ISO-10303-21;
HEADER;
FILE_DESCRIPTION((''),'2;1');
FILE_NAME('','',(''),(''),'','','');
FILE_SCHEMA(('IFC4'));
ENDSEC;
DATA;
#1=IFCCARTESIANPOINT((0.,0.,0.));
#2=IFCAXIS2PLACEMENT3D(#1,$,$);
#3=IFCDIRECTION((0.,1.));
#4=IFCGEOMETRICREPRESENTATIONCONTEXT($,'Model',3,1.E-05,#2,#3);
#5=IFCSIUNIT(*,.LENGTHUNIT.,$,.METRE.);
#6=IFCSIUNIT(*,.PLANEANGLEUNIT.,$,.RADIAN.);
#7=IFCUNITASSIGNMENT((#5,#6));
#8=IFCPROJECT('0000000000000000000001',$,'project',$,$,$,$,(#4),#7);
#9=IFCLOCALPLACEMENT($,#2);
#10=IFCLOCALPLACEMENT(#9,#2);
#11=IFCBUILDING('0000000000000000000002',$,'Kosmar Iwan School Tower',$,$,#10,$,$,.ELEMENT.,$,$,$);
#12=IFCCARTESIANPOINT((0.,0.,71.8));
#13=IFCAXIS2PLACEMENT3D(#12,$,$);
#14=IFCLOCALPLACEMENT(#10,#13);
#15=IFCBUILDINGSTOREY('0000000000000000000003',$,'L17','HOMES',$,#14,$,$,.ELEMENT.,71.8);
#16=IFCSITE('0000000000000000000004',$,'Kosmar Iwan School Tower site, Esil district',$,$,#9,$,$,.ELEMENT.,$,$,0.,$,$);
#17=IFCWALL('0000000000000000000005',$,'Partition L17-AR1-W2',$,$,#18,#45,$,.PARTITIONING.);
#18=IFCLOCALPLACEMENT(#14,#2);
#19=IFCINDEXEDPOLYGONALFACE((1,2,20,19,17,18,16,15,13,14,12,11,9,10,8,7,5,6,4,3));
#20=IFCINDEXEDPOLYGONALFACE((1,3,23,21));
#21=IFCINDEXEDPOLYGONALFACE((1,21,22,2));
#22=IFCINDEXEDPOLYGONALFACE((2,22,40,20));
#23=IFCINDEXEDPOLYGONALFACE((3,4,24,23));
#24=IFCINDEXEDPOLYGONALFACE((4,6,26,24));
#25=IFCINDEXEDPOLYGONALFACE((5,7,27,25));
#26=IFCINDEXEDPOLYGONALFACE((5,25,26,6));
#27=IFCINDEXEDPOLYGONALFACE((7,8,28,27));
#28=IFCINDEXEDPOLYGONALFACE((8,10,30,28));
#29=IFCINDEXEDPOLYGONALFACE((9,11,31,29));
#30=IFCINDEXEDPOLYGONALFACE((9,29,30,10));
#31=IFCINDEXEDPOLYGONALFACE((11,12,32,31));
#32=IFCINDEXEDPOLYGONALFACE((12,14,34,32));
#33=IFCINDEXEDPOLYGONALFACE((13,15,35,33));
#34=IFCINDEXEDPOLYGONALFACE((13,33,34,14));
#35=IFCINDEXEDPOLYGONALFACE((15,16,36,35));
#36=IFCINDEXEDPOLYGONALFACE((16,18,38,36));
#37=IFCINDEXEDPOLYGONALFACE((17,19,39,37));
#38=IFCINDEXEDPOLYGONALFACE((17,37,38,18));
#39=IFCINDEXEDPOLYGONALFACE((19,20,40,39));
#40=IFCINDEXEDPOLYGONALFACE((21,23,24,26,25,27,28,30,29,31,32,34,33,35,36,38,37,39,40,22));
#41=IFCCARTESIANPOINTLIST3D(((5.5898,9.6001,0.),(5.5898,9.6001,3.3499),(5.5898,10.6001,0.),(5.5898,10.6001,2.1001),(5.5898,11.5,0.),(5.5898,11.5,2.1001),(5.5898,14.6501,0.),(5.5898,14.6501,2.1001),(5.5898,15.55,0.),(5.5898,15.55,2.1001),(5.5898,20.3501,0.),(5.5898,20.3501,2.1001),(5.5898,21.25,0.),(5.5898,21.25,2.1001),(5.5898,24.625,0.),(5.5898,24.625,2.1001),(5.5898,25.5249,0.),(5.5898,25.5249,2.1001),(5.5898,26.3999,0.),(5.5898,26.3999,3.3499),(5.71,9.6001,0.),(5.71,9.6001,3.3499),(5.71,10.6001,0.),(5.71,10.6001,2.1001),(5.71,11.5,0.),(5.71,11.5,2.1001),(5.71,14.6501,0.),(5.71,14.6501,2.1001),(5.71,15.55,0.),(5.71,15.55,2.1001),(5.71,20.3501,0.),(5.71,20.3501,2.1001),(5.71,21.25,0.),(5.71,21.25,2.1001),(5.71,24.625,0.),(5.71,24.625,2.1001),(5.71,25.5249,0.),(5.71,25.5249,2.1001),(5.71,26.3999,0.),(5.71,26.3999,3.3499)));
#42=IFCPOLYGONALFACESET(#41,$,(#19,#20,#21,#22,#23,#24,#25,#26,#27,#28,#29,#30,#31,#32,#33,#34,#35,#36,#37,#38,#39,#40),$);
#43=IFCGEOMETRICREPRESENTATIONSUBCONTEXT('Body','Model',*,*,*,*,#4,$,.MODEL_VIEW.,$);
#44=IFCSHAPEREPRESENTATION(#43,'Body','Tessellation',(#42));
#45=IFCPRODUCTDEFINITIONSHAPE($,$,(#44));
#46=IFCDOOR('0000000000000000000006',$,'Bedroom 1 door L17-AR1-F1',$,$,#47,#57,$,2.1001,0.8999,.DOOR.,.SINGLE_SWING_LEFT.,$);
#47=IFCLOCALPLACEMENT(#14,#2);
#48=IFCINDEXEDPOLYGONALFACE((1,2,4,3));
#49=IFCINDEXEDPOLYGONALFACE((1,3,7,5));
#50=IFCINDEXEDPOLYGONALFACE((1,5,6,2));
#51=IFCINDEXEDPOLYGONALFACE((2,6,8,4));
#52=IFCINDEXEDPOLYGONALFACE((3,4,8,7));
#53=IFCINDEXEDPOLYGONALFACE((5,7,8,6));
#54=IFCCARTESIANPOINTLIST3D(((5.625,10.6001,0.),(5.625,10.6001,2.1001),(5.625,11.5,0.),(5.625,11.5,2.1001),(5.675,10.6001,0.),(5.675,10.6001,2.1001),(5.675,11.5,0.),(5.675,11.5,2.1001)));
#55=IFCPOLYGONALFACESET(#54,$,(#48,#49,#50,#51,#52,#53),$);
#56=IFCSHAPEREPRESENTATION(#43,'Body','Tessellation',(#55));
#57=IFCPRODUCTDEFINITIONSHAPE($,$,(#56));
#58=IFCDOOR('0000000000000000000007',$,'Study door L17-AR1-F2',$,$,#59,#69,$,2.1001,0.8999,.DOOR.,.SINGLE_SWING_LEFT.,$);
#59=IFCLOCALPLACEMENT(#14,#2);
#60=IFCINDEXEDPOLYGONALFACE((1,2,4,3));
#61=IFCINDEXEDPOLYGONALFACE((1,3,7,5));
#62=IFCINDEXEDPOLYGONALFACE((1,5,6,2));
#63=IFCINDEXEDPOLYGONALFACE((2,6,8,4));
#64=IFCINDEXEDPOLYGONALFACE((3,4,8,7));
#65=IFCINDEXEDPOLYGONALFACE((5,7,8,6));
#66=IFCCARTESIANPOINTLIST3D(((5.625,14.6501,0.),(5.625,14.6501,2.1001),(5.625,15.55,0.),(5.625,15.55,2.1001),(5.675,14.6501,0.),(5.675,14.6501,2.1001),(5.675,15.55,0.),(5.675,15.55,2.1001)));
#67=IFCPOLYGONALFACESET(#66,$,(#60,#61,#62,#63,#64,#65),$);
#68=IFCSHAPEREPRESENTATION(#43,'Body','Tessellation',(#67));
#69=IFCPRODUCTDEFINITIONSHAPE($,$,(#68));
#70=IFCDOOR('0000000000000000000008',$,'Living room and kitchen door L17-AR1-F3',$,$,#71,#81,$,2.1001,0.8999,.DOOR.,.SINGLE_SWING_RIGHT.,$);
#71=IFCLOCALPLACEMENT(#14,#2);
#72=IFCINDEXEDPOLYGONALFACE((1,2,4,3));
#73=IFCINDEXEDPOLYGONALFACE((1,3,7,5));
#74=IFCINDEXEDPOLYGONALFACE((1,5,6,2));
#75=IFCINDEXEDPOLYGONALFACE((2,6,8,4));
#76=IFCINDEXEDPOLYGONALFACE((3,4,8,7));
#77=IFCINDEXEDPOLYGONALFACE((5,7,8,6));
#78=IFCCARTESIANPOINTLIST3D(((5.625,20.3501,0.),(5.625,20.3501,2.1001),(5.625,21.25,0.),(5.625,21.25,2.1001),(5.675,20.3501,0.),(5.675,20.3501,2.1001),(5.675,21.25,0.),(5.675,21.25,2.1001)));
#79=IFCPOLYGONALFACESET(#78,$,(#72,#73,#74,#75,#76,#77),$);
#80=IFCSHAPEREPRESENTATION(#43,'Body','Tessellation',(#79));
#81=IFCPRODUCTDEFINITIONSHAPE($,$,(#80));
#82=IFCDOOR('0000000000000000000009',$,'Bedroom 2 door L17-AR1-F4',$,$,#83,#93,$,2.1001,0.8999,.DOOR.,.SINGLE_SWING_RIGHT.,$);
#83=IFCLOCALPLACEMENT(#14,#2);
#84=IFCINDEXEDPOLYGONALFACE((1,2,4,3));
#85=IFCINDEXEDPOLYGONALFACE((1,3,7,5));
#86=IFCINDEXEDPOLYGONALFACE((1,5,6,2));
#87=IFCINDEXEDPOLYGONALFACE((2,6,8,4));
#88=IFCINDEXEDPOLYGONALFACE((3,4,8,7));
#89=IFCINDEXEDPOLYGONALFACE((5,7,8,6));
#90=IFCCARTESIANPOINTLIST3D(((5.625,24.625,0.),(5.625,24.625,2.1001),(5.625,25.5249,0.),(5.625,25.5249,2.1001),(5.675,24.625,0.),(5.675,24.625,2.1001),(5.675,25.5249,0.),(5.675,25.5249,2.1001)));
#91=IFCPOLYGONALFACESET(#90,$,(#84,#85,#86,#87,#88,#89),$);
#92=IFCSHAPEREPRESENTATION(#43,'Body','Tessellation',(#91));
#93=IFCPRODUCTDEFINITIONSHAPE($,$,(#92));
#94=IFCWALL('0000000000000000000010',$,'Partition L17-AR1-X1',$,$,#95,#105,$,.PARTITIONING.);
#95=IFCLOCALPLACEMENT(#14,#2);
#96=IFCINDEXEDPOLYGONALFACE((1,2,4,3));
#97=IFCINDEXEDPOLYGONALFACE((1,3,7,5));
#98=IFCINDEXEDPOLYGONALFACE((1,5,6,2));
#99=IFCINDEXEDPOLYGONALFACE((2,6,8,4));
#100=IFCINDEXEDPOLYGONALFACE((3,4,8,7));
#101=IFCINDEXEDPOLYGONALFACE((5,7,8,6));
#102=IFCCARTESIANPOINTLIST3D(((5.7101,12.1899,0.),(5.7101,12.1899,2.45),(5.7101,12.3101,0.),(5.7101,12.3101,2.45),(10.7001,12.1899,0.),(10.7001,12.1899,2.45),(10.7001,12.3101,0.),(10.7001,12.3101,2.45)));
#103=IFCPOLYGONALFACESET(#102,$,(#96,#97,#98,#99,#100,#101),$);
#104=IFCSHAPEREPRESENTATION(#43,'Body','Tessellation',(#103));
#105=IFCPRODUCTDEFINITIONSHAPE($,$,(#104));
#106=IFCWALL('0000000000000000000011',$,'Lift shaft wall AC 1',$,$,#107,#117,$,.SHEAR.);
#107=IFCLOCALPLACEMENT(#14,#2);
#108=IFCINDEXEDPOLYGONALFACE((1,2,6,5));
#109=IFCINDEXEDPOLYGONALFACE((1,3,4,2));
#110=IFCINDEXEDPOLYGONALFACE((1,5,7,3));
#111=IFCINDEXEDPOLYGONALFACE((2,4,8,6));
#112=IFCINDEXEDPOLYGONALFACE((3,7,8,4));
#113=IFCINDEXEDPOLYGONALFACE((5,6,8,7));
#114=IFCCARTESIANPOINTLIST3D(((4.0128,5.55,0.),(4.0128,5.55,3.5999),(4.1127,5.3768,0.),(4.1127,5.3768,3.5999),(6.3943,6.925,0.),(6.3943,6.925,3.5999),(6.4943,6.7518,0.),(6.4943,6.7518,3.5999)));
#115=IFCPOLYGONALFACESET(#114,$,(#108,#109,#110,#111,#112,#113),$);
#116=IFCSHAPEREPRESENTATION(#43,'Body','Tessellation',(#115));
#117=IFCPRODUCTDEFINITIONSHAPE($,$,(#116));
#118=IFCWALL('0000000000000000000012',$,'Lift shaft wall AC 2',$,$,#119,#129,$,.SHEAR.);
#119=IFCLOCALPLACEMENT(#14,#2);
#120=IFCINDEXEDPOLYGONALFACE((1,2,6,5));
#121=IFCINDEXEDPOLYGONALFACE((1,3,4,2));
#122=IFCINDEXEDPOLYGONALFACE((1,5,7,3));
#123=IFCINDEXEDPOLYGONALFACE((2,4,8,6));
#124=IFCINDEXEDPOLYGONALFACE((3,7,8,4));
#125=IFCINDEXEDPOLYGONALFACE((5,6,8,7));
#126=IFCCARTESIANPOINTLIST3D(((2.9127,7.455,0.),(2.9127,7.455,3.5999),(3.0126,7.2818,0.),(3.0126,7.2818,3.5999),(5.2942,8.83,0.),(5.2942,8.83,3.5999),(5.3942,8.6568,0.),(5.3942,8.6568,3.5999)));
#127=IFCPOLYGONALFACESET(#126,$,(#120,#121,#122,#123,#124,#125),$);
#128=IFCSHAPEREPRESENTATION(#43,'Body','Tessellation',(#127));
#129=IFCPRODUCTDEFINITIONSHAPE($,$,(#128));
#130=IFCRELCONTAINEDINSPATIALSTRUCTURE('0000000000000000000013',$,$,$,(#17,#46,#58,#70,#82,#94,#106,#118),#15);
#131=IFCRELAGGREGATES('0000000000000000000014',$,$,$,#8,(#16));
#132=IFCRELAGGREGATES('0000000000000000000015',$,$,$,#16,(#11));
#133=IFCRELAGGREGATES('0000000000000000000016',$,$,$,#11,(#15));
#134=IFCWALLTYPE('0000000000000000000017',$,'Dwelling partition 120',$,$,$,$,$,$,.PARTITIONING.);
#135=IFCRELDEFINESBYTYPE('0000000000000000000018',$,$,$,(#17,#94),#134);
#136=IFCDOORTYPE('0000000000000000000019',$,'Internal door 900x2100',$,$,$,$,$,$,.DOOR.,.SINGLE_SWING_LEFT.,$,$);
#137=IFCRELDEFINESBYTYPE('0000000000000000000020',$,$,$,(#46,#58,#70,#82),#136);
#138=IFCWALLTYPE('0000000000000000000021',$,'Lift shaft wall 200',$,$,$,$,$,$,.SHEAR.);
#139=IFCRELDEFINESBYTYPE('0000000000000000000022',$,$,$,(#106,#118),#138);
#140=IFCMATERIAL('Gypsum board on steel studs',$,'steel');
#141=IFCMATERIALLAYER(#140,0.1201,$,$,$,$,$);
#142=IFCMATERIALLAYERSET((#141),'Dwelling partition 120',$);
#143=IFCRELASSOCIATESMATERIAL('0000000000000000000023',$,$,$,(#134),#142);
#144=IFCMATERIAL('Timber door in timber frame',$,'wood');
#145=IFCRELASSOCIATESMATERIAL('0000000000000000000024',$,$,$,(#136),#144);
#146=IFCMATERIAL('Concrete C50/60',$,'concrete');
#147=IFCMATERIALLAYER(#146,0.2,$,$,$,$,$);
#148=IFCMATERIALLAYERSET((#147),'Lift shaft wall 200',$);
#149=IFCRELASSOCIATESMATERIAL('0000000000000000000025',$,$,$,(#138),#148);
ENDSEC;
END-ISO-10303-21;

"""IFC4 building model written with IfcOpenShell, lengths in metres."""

from ifc_helpers import new_model, si_unit, direction, frame, frame_2d, origin, place, context, subcontext, project, spatial, rectangle, extrude, material, layer, layer_set, type_object, element, fill, save


model = new_model("IFC4")

# Units and contexts
model_context = context("Model", 3, precision=1e-05, world=origin(), true_north=direction((0.0, 1.0)))
body_context = subcontext(model_context, "Body", "Model", "MODEL_VIEW")
ifc_project = project(units=[si_unit("LENGTHUNIT", "METRE"), si_unit("PLANEANGLEUNIT", "RADIAN")], contexts=[model_context])

# Site, building, storey
site_placement = place(None, origin())
site = spatial("IfcSite", under=ifc_project, at=site_placement, Name="Kosmar Iwan School Tower site, Esil district", CompositionType="ELEMENT", RefElevation=0.0)
building_placement = place(site_placement, origin())
building = spatial("IfcBuilding", under=site, at=building_placement, Name="Kosmar Iwan School Tower", CompositionType="ELEMENT")
storey_placement = place(building_placement, frame((0.0, 0.0, 71.8)))
storey = spatial("IfcBuildingStorey", under=building, at=storey_placement, Name="L17", Description="HOMES", CompositionType="ELEMENT", Elevation=71.8)

# Wall, openings, doors
ifc_material_1 = material(Name="Gypsum board on steel studs", Category="steel")
ifc_layer_1 = layer(ifc_material_1, 0.1201)
ifc_layer_set_1 = layer_set([ifc_layer_1], Name="Dwelling partition 120")
wall_type_1 = type_object("IfcWallType", Name="Dwelling partition 120", PredefinedType="PARTITIONING", material=ifc_layer_set_1)
ifc_material_2 = material(Name="Timber door in timber frame", Category="wood")
door_type_1 = type_object("IfcDoorType", Name="Internal door 900x2100", OperationType="SINGLE_SWING_LEFT", PredefinedType="DOOR", material=ifc_material_2)
wall_1_placement = place(storey_placement, frame((5.6499, 9.6001, 0.0), z_axis=(0.0, 0.0, 1.0), x_axis=(0.0, 1.0, 0.0)))
wall_1 = element("IfcWall", 1, at=wall_1_placement, inside=storey, type_object=wall_type_1, Name="Partition L17-AR1-W2", PredefinedType="PARTITIONING", context=body_context, shape_type="SweptSolid", body=[
    extrude(rectangle(XDim=16.7998, YDim=0.1201, at=frame_2d((8.3999, 0.0))), origin(), (0.0, 0.0, 1.0), 3.3499),
])
opening_1_placement = place(wall_1_placement, frame((1.0, 0.0, 0.0)))
opening_1 = element("IfcOpeningElement", 2, at=opening_1_placement, cuts=wall_1, PredefinedType="OPENING", context=body_context, shape_type="SweptSolid", body=[
    extrude(rectangle(XDim=0.8999, YDim=2.1001, at=frame_2d((0.45, 1.05))), frame((0.0, 0.072, 0.0), z_axis=(0.0, -1.0, 0.0), x_axis=(1.0, 0.0, 0.0)), (0.0, 0.0, 1.0), 0.144),
])
opening_2_placement = place(wall_1_placement, frame((5.05, 0.0, 0.0)))
opening_2 = element("IfcOpeningElement", 3, at=opening_2_placement, cuts=wall_1, PredefinedType="OPENING", context=body_context, shape_type="SweptSolid", body=[
    extrude(rectangle(XDim=0.8999, YDim=2.1001, at=frame_2d((0.45, 1.05))), frame((0.0, 0.072, 0.0), z_axis=(0.0, -1.0, 0.0), x_axis=(1.0, 0.0, 0.0)), (0.0, 0.0, 1.0), 0.144),
])
opening_3_placement = place(wall_1_placement, frame((10.75, 0.0, 0.0)))
opening_3 = element("IfcOpeningElement", 4, at=opening_3_placement, cuts=wall_1, PredefinedType="OPENING", context=body_context, shape_type="SweptSolid", body=[
    extrude(rectangle(XDim=0.8999, YDim=2.1001, at=frame_2d((0.45, 1.05))), frame((0.0, 0.072, 0.0), z_axis=(0.0, -1.0, 0.0), x_axis=(1.0, 0.0, 0.0)), (0.0, 0.0, 1.0), 0.144),
])
opening_4_placement = place(wall_1_placement, frame((15.0249, 0.0, 0.0)))
opening_4 = element("IfcOpeningElement", 5, at=opening_4_placement, cuts=wall_1, PredefinedType="OPENING", context=body_context, shape_type="SweptSolid", body=[
    extrude(rectangle(XDim=0.8999, YDim=2.1001, at=frame_2d((0.45, 1.05))), frame((0.0, 0.072, 0.0), z_axis=(0.0, -1.0, 0.0), x_axis=(1.0, 0.0, 0.0)), (0.0, 0.0, 1.0), 0.144),
])
door_1_placement = place(opening_1_placement, origin())
door_1 = element("IfcDoor", 6, at=door_1_placement, inside=storey, type_object=door_type_1, Name="Bedroom 1 door L17-AR1-F1", OperationType="SINGLE_SWING_LEFT", OverallHeight=2.1001, OverallWidth=0.8999, PredefinedType="DOOR", context=body_context, shape_type="SweptSolid", body=[
    extrude(rectangle(XDim=0.8999, YDim=2.1001, at=frame_2d((0.45, 1.05))), frame((0.0, 0.0249, 0.0), z_axis=(0.0, -1.0, 0.0), x_axis=(1.0, 0.0, 0.0)), (0.0, 0.0, 1.0), 0.05),
])
fill(opening_1, door_1)
door_2_placement = place(opening_2_placement, origin())
door_2 = element("IfcDoor", 7, at=door_2_placement, inside=storey, type_object=door_type_1, Name="Study door L17-AR1-F2", OperationType="SINGLE_SWING_LEFT", OverallHeight=2.1001, OverallWidth=0.8999, PredefinedType="DOOR", context=body_context, shape_type="SweptSolid", body=[
    extrude(rectangle(XDim=0.8999, YDim=2.1001, at=frame_2d((0.45, 1.05))), frame((0.0, 0.0249, 0.0), z_axis=(0.0, -1.0, 0.0), x_axis=(1.0, 0.0, 0.0)), (0.0, 0.0, 1.0), 0.05),
])
fill(opening_2, door_2)
door_3_placement = place(opening_3_placement, origin())
door_3 = element("IfcDoor", 8, at=door_3_placement, inside=storey, type_object=door_type_1, Name="Living room and kitchen door L17-AR1-F3", OperationType="SINGLE_SWING_RIGHT", OverallHeight=2.1001, OverallWidth=0.8999, PredefinedType="DOOR", context=body_context, shape_type="SweptSolid", body=[
    extrude(rectangle(XDim=0.8999, YDim=2.1001, at=frame_2d((0.45, 1.05))), frame((0.0, 0.0249, 0.0), z_axis=(0.0, -1.0, 0.0), x_axis=(1.0, 0.0, 0.0)), (0.0, 0.0, 1.0), 0.05),
])
fill(opening_3, door_3)
door_4_placement = place(opening_4_placement, origin())
door_4 = element("IfcDoor", 9, at=door_4_placement, inside=storey, type_object=door_type_1, Name="Bedroom 2 door L17-AR1-F4", OperationType="SINGLE_SWING_RIGHT", OverallHeight=2.1001, OverallWidth=0.8999, PredefinedType="DOOR", context=body_context, shape_type="SweptSolid", body=[
    extrude(rectangle(XDim=0.8999, YDim=2.1001, at=frame_2d((0.45, 1.05))), frame((0.0, 0.0249, 0.0), z_axis=(0.0, -1.0, 0.0), x_axis=(1.0, 0.0, 0.0)), (0.0, 0.0, 1.0), 0.05),
])
fill(opening_4, door_4)

# Walls
wall_2_placement = place(storey_placement, frame((5.71, 12.25, 0.0), z_axis=(0.0, 0.0, 1.0), x_axis=(1.0, 0.0, 0.0)))
element("IfcWall", 10, at=wall_2_placement, inside=storey, type_object=wall_type_1, Name="Partition L17-AR1-X1", PredefinedType="PARTITIONING", context=body_context, shape_type="SweptSolid", body=[
    extrude(rectangle(XDim=4.99, YDim=0.1201, at=frame_2d((2.4951, 0.0))), origin(), (0.0, 0.0, 1.0), 2.45),
])
ifc_material_3 = material(Name="Concrete C50/60", Category="concrete")
ifc_layer_2 = layer(ifc_material_3, 0.2)
ifc_layer_set_2 = layer_set([ifc_layer_2], Name="Lift shaft wall 200")
wall_type_2 = type_object("IfcWallType", Name="Lift shaft wall 200", PredefinedType="SHEAR", material=ifc_layer_set_2)
for number, where, z_axis, x_axis, name in (
    (11, (4.0627, 5.4634, 0.0), (0.0, 0.0, 1.0), (0.866027, 0.499997, 0.0), "Lift shaft wall AC 1"),
    (12, (2.9626, 7.3684, 0.0), (0.0, 0.0, 1.0), (0.866027, 0.499997, 0.0), "Lift shaft wall AC 2"),
):
    element("IfcWall", number, at=place(storey_placement, frame(where, z_axis=z_axis, x_axis=x_axis)), inside=storey, type_object=wall_type_2, Name=name, PredefinedType="SHEAR", context=body_context, shape_type="SweptSolid", body=[
        extrude(rectangle(XDim=2.75, YDim=0.2, at=frame_2d((1.375, 0.0))), origin(), (0.0, 0.0, 1.0), 3.5999),
    ])

save(model, "model.ifc")
